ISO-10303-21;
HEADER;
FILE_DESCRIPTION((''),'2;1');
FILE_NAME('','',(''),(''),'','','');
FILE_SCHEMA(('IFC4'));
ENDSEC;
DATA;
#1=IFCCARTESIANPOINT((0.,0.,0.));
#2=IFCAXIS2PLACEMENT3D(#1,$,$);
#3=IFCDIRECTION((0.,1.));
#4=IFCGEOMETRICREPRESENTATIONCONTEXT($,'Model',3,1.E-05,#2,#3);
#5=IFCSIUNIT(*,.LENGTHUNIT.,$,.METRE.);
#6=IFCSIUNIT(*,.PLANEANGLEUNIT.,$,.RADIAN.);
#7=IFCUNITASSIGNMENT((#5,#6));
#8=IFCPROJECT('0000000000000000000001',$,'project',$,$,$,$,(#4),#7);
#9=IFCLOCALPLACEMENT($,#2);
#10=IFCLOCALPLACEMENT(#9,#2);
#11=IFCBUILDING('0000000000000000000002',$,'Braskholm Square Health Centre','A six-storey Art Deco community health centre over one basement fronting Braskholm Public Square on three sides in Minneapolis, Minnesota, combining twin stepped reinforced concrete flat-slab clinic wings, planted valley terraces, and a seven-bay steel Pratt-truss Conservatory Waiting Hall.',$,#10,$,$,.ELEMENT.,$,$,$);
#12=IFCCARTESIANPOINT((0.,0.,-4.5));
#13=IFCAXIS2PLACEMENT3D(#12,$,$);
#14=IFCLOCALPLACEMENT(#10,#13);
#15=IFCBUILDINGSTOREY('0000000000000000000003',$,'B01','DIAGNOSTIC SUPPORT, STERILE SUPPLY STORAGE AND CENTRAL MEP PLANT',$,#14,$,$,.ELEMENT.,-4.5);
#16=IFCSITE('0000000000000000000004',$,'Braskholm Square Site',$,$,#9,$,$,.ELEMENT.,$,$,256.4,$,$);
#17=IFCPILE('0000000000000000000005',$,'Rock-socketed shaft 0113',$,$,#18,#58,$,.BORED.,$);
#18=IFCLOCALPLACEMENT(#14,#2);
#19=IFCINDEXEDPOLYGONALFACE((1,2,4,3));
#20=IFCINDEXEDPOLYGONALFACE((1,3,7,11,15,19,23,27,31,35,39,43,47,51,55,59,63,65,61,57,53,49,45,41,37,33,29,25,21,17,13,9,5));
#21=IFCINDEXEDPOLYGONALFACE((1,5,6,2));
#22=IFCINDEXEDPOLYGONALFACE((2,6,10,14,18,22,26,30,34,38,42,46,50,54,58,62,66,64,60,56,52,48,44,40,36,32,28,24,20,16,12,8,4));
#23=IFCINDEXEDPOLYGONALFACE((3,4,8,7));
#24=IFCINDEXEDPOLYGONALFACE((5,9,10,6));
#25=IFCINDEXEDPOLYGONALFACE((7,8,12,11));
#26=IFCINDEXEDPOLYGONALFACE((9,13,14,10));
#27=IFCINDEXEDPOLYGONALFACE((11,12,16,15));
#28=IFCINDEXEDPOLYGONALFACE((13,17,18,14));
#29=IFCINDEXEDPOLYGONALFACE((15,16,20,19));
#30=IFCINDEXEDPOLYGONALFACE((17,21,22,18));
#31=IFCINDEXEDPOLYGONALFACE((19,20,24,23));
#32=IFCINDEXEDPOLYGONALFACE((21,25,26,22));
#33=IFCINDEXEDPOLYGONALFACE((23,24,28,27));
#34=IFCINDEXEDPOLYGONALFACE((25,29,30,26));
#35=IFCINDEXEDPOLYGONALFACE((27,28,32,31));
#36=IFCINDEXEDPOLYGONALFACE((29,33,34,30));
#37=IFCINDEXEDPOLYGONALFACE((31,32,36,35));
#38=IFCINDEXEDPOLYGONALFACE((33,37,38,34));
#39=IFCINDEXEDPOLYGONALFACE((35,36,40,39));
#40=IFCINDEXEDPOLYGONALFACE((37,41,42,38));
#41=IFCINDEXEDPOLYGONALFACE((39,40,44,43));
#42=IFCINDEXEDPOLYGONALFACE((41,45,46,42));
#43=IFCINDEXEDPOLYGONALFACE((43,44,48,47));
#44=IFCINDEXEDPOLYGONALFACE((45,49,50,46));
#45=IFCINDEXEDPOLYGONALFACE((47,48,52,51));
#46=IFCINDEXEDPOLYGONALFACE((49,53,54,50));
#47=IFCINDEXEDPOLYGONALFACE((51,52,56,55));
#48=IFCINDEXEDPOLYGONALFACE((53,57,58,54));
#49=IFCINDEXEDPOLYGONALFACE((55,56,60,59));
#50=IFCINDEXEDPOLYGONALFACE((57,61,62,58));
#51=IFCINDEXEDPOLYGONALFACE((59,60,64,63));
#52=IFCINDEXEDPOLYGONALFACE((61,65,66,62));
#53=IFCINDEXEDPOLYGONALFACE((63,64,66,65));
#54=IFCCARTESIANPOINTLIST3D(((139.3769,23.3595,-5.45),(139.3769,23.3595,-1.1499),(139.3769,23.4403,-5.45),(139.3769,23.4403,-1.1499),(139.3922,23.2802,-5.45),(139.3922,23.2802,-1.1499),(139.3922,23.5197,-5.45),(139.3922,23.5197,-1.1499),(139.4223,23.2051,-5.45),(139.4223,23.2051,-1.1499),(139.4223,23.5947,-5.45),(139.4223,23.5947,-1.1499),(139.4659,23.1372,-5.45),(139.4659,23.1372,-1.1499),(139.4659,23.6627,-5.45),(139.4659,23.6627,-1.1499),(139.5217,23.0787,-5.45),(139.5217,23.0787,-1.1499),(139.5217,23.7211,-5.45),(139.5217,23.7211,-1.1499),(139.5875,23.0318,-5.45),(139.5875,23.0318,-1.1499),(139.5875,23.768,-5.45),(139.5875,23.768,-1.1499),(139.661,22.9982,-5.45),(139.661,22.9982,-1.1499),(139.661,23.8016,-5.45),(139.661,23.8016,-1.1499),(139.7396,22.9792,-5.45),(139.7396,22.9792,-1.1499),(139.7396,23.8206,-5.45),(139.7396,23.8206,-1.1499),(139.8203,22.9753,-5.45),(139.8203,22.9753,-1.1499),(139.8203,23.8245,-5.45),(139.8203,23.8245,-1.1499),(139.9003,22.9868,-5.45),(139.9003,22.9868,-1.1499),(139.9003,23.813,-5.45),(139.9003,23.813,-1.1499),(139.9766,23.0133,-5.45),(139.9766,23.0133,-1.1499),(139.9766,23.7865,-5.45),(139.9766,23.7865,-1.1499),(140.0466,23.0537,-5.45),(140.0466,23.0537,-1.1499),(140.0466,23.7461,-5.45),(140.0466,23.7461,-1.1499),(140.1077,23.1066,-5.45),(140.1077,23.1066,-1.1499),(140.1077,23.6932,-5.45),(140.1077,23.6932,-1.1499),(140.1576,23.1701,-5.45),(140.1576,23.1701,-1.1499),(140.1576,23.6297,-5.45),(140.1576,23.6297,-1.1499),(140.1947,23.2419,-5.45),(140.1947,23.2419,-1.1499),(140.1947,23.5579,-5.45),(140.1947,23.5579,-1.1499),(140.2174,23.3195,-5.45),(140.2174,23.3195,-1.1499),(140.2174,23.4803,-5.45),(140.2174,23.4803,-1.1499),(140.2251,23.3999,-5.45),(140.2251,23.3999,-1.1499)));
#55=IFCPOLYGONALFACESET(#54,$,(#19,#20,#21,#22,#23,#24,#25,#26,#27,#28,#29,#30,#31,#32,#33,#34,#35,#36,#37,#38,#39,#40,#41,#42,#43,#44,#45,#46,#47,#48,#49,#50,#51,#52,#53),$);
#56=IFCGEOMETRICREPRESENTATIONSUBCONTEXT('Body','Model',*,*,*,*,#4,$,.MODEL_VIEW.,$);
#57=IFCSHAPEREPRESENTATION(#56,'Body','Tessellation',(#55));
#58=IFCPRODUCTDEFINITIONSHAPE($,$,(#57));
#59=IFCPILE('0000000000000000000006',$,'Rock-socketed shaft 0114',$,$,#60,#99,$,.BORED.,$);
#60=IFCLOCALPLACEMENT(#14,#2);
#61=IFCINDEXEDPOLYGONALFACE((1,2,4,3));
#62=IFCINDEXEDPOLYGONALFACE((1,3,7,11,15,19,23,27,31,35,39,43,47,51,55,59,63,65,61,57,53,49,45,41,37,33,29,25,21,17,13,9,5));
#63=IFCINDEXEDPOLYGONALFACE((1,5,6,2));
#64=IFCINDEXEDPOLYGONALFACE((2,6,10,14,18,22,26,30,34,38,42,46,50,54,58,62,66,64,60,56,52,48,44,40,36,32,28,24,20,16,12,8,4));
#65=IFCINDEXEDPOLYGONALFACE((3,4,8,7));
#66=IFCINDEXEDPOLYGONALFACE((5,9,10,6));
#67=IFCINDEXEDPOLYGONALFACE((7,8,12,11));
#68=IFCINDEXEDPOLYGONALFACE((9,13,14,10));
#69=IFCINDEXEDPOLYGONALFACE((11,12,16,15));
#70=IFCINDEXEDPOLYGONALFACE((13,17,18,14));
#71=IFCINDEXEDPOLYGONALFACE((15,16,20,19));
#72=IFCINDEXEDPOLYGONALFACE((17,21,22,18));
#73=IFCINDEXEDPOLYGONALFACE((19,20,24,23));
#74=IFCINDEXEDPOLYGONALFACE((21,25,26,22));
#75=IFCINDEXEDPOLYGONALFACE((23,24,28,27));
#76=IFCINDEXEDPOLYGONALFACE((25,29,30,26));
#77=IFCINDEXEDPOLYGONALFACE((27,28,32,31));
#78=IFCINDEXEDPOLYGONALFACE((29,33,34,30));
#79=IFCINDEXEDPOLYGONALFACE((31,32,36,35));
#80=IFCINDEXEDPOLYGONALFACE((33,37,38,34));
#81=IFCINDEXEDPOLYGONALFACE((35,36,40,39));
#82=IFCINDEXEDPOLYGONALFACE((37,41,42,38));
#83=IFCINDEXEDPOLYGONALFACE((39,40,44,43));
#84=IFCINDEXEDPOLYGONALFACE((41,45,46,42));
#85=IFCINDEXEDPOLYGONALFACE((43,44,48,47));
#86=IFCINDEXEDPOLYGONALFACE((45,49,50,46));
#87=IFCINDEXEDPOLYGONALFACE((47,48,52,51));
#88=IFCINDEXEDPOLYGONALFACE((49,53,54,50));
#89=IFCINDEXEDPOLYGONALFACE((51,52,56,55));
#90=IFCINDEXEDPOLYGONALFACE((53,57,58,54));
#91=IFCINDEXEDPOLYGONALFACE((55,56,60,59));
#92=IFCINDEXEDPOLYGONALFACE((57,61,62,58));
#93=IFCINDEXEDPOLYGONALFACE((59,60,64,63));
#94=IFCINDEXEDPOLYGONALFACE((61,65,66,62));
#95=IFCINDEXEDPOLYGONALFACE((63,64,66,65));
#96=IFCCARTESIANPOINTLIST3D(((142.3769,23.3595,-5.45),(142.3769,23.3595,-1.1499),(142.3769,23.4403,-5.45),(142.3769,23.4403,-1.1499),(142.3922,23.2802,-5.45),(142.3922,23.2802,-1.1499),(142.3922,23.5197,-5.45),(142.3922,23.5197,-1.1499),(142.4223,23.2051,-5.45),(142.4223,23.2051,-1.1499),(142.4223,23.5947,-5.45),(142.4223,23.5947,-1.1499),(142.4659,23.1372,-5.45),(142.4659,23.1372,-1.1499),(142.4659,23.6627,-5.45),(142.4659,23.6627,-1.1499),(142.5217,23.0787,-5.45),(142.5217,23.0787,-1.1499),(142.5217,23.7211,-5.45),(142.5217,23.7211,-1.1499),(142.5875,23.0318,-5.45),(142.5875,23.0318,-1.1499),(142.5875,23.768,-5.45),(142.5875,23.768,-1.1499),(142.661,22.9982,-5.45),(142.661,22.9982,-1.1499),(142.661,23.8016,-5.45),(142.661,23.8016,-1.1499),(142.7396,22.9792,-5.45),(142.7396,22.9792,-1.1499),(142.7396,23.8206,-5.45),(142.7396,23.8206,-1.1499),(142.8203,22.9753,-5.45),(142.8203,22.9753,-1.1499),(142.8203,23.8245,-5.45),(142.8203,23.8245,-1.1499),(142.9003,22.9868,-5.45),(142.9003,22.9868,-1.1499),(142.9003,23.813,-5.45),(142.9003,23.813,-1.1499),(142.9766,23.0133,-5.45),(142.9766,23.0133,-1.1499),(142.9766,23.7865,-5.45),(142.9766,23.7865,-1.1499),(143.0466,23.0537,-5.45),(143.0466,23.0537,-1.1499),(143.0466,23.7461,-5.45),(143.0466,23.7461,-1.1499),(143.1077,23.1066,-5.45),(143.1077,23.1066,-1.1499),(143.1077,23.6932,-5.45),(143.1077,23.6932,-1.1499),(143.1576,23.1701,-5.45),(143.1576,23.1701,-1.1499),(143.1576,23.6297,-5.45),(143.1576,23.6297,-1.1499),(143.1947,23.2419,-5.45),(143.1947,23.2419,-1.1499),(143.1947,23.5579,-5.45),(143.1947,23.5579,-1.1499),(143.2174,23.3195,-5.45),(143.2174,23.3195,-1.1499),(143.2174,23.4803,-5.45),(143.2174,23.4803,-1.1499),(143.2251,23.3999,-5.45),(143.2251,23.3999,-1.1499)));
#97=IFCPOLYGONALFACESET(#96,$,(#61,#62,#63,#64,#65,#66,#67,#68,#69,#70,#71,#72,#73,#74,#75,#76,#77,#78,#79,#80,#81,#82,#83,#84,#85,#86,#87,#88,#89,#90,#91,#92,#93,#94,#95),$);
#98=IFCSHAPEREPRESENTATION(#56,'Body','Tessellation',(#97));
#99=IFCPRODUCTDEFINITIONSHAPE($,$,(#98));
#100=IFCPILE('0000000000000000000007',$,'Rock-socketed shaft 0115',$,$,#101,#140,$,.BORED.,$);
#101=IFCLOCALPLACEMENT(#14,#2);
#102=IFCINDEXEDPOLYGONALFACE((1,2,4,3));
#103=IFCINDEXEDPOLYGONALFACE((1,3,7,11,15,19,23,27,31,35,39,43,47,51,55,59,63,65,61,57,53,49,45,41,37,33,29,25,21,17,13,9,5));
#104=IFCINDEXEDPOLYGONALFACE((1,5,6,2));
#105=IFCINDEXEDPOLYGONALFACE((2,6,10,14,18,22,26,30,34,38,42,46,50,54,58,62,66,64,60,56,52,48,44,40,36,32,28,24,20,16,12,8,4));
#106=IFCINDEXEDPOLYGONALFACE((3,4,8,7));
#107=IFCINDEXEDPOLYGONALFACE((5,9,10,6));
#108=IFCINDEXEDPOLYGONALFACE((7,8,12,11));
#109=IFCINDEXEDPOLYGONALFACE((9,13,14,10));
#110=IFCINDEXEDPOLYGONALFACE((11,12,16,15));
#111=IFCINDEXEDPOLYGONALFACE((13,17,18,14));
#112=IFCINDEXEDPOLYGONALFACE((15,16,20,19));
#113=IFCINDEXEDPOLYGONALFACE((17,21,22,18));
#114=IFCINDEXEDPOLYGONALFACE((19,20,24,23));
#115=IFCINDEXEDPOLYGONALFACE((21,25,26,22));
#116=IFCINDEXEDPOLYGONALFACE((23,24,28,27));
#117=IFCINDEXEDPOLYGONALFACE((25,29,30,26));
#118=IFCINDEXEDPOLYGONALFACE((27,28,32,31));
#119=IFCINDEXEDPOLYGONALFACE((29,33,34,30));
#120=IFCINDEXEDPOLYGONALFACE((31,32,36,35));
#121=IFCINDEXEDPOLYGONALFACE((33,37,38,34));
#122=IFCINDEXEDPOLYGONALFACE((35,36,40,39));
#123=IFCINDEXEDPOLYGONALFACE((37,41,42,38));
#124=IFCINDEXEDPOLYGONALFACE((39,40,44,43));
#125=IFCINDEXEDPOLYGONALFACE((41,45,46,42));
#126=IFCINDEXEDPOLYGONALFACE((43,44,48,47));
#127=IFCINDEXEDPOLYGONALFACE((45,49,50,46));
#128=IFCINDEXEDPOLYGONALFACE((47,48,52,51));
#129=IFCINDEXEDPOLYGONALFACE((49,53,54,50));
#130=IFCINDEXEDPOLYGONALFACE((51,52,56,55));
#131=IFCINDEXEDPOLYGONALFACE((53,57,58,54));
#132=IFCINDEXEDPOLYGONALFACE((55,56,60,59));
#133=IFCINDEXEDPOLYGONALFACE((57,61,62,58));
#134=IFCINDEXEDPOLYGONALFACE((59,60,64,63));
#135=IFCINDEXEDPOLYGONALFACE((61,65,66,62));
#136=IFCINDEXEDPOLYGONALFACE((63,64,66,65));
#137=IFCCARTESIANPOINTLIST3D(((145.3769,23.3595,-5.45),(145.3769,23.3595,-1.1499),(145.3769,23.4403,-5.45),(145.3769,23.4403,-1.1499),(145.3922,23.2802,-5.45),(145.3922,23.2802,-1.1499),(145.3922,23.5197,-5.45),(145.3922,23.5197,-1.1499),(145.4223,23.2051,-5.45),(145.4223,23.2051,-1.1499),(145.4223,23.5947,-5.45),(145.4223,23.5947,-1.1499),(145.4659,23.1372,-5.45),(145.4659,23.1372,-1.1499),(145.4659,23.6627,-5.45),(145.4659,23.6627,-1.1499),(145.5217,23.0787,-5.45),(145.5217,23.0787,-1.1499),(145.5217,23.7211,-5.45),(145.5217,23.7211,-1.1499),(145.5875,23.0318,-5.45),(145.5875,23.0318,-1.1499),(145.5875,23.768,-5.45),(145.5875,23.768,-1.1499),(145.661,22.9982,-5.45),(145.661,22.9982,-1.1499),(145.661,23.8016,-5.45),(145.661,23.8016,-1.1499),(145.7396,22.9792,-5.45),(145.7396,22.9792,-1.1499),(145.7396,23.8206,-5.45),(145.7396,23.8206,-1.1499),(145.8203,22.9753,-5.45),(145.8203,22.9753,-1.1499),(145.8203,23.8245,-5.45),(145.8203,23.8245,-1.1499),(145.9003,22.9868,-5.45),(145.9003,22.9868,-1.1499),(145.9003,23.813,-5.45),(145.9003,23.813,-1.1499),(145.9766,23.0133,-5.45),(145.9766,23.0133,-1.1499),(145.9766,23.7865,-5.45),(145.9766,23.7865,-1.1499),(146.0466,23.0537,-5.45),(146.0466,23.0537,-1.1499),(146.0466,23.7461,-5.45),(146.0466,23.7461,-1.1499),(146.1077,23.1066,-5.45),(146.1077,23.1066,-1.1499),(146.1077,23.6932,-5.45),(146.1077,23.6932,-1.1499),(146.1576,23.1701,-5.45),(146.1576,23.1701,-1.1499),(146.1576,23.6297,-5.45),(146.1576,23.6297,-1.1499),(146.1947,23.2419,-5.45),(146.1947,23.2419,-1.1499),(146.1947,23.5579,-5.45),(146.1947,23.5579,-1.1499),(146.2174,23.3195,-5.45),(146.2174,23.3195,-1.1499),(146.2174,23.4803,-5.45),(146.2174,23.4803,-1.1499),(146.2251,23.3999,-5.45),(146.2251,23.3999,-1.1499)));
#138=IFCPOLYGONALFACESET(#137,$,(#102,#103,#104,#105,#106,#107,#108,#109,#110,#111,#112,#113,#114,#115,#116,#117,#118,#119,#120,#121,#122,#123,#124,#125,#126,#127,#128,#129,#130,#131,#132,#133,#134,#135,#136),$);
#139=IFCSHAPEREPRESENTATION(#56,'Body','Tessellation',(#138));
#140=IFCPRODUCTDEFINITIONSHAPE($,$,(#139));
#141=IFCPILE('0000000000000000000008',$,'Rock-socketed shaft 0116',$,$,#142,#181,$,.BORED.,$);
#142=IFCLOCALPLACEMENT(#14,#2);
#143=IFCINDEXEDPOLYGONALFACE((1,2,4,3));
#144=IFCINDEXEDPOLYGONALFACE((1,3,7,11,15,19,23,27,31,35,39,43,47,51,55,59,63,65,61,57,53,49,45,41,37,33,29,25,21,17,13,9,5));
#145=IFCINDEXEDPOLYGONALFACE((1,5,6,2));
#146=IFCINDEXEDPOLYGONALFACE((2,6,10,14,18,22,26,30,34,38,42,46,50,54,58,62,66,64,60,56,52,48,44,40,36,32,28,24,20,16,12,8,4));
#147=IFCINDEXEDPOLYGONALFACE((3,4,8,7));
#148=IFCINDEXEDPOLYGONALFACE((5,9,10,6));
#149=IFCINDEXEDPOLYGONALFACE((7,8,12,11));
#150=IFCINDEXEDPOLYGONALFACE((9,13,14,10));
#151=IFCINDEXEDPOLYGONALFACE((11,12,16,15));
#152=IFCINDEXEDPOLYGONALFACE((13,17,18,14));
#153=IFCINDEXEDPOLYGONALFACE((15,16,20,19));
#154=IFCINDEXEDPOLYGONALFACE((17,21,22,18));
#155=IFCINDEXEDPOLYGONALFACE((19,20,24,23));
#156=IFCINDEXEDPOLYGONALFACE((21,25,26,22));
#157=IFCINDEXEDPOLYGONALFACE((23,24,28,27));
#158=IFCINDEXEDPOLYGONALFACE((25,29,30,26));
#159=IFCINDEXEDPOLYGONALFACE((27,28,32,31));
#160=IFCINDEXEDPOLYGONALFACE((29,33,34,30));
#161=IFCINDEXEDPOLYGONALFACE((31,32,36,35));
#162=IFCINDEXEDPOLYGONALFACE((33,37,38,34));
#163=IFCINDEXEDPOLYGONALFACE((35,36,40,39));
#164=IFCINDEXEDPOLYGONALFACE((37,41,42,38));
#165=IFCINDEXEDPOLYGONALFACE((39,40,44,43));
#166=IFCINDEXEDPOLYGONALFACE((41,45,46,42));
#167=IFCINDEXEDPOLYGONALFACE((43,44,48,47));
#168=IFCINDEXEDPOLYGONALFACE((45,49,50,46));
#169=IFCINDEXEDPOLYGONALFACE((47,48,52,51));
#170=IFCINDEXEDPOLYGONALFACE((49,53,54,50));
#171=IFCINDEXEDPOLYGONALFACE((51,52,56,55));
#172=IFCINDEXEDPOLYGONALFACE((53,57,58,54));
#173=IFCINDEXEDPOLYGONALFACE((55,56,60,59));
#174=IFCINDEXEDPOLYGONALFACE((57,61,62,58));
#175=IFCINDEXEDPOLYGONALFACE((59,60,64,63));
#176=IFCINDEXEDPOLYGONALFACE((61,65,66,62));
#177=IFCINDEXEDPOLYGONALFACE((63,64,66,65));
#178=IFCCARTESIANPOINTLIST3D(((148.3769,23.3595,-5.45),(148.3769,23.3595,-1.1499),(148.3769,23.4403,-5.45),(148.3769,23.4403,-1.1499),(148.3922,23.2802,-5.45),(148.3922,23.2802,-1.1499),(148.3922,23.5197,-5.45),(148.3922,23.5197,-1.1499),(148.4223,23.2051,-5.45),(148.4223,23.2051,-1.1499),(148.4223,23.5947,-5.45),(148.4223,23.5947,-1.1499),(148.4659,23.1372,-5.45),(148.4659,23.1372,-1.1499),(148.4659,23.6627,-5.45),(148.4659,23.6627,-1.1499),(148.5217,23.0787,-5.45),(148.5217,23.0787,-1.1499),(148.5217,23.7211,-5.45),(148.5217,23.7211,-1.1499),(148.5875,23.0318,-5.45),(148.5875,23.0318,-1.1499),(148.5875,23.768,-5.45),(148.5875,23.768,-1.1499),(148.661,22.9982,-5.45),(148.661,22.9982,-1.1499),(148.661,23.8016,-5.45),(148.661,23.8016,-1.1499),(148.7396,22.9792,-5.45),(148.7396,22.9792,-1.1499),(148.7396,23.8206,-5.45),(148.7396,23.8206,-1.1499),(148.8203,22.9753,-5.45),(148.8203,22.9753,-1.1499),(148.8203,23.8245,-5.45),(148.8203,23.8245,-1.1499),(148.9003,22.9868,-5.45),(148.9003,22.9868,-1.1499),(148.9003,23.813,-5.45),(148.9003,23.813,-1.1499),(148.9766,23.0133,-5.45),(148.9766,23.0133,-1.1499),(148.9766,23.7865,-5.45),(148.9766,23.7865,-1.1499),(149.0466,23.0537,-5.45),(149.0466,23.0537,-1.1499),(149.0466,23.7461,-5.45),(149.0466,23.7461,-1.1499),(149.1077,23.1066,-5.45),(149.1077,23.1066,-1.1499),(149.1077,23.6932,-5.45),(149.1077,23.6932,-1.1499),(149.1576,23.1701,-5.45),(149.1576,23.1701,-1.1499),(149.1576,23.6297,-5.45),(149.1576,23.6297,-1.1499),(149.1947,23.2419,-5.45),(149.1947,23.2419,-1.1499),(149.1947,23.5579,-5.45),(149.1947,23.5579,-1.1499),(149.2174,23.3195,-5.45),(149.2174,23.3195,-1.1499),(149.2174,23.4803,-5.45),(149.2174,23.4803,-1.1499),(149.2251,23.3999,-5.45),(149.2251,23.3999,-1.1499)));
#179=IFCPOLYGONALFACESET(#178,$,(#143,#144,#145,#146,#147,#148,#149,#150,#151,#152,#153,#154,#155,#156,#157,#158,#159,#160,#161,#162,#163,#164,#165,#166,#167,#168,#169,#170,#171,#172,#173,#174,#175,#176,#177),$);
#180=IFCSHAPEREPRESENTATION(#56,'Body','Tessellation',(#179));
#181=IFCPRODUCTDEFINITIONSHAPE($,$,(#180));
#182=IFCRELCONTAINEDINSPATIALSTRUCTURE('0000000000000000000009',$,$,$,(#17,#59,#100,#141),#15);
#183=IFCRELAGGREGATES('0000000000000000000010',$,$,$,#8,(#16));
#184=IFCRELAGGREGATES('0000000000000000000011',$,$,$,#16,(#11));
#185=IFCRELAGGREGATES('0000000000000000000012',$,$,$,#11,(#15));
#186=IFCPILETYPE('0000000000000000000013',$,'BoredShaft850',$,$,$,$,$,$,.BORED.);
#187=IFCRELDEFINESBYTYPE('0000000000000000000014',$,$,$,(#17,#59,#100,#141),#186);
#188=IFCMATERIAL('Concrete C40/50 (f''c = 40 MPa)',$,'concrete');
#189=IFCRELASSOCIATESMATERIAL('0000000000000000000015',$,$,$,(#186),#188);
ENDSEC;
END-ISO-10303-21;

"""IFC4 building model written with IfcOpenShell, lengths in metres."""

from ifc_helpers import new_model, si_unit, direction, frame, origin, origin_2d, place, context, subcontext, project, spatial, circle, extrude, material, material_profile, profile_set, type_object, element, save


model = new_model("IFC4")

# Units and contexts
model_context = context("Model", 3, precision=1e-05, world=origin(), true_north=direction((0.0, 1.0)))
body_context = subcontext(model_context, "Body", "Model", "MODEL_VIEW")
ifc_project = project(units=[si_unit("LENGTHUNIT", "METRE"), si_unit("PLANEANGLEUNIT", "RADIAN")], contexts=[model_context])

# Site, building, storey
site_placement = place(None, origin())
site = spatial("IfcSite", under=ifc_project, at=site_placement, Name="Braskholm Square Site", CompositionType="ELEMENT", RefElevation=256.4)
building_placement = place(site_placement, origin())
building = spatial("IfcBuilding", under=site, at=building_placement, Name="Braskholm Square Health Centre", Description="A six-storey Art Deco community health centre over one basement fronting Braskholm Public Square on three sides in Minneapolis, Minnesota, combining twin stepped reinforced concrete flat-slab clinic wings, planted valley terraces, and a seven-bay steel Pratt-truss Conservatory Waiting Hall.", CompositionType="ELEMENT")
storey_placement = place(building_placement, frame((0.0, 0.0, -4.5)))
storey = spatial("IfcBuildingStorey", under=building, at=storey_placement, Name="B01", Description="DIAGNOSTIC SUPPORT, STERILE SUPPLY STORAGE AND CENTRAL MEP PLANT", CompositionType="ELEMENT", Elevation=-4.5)

# Piles
ifc_material_1 = material(Name="Concrete C40/50 (f'c = 40 MPa)", Category="concrete")
ifc_material_profile_1 = material_profile(ifc_material_1, circle(Radius=0.425, at=origin_2d()), Name="BORED-PILE-850")
ifc_profile_set_1 = profile_set([ifc_material_profile_1], Name="Concrete C40/50 (f'c = 40 MPa)")
pile_type = type_object("IfcPileType", Name="BoredShaft850", PredefinedType="BORED", material=ifc_profile_set_1)
for number, where, z_axis, x_axis, name in (
    (1, (139.8, 23.3999, -1.1499), (0.0, 0.0, -1.0), (1.0, 0.0, 0.0), "Rock-socketed shaft 0113"),
    (2, (142.8, 23.3999, -1.1499), (0.0, 0.0, -1.0), (1.0, 0.0, 0.0), "Rock-socketed shaft 0114"),
    (3, (145.8, 23.3999, -1.1499), (0.0, 0.0, -1.0), (1.0, 0.0, 0.0), "Rock-socketed shaft 0115"),
    (4, (148.8, 23.3999, -1.1499), (0.0, 0.0, -1.0), (1.0, 0.0, 0.0), "Rock-socketed shaft 0116"),
):
    element("IfcPile", number, at=place(storey_placement, frame(where, z_axis=z_axis, x_axis=x_axis)), inside=storey, type_object=pile_type, Name=name, PredefinedType="BORED", context=body_context, shape_type="SweptSolid", body=[
        extrude(circle(Radius=0.425, at=origin_2d()), origin(), (0.0, 0.0, 1.0), 4.3),
    ])

save(model, "model.ifc")
